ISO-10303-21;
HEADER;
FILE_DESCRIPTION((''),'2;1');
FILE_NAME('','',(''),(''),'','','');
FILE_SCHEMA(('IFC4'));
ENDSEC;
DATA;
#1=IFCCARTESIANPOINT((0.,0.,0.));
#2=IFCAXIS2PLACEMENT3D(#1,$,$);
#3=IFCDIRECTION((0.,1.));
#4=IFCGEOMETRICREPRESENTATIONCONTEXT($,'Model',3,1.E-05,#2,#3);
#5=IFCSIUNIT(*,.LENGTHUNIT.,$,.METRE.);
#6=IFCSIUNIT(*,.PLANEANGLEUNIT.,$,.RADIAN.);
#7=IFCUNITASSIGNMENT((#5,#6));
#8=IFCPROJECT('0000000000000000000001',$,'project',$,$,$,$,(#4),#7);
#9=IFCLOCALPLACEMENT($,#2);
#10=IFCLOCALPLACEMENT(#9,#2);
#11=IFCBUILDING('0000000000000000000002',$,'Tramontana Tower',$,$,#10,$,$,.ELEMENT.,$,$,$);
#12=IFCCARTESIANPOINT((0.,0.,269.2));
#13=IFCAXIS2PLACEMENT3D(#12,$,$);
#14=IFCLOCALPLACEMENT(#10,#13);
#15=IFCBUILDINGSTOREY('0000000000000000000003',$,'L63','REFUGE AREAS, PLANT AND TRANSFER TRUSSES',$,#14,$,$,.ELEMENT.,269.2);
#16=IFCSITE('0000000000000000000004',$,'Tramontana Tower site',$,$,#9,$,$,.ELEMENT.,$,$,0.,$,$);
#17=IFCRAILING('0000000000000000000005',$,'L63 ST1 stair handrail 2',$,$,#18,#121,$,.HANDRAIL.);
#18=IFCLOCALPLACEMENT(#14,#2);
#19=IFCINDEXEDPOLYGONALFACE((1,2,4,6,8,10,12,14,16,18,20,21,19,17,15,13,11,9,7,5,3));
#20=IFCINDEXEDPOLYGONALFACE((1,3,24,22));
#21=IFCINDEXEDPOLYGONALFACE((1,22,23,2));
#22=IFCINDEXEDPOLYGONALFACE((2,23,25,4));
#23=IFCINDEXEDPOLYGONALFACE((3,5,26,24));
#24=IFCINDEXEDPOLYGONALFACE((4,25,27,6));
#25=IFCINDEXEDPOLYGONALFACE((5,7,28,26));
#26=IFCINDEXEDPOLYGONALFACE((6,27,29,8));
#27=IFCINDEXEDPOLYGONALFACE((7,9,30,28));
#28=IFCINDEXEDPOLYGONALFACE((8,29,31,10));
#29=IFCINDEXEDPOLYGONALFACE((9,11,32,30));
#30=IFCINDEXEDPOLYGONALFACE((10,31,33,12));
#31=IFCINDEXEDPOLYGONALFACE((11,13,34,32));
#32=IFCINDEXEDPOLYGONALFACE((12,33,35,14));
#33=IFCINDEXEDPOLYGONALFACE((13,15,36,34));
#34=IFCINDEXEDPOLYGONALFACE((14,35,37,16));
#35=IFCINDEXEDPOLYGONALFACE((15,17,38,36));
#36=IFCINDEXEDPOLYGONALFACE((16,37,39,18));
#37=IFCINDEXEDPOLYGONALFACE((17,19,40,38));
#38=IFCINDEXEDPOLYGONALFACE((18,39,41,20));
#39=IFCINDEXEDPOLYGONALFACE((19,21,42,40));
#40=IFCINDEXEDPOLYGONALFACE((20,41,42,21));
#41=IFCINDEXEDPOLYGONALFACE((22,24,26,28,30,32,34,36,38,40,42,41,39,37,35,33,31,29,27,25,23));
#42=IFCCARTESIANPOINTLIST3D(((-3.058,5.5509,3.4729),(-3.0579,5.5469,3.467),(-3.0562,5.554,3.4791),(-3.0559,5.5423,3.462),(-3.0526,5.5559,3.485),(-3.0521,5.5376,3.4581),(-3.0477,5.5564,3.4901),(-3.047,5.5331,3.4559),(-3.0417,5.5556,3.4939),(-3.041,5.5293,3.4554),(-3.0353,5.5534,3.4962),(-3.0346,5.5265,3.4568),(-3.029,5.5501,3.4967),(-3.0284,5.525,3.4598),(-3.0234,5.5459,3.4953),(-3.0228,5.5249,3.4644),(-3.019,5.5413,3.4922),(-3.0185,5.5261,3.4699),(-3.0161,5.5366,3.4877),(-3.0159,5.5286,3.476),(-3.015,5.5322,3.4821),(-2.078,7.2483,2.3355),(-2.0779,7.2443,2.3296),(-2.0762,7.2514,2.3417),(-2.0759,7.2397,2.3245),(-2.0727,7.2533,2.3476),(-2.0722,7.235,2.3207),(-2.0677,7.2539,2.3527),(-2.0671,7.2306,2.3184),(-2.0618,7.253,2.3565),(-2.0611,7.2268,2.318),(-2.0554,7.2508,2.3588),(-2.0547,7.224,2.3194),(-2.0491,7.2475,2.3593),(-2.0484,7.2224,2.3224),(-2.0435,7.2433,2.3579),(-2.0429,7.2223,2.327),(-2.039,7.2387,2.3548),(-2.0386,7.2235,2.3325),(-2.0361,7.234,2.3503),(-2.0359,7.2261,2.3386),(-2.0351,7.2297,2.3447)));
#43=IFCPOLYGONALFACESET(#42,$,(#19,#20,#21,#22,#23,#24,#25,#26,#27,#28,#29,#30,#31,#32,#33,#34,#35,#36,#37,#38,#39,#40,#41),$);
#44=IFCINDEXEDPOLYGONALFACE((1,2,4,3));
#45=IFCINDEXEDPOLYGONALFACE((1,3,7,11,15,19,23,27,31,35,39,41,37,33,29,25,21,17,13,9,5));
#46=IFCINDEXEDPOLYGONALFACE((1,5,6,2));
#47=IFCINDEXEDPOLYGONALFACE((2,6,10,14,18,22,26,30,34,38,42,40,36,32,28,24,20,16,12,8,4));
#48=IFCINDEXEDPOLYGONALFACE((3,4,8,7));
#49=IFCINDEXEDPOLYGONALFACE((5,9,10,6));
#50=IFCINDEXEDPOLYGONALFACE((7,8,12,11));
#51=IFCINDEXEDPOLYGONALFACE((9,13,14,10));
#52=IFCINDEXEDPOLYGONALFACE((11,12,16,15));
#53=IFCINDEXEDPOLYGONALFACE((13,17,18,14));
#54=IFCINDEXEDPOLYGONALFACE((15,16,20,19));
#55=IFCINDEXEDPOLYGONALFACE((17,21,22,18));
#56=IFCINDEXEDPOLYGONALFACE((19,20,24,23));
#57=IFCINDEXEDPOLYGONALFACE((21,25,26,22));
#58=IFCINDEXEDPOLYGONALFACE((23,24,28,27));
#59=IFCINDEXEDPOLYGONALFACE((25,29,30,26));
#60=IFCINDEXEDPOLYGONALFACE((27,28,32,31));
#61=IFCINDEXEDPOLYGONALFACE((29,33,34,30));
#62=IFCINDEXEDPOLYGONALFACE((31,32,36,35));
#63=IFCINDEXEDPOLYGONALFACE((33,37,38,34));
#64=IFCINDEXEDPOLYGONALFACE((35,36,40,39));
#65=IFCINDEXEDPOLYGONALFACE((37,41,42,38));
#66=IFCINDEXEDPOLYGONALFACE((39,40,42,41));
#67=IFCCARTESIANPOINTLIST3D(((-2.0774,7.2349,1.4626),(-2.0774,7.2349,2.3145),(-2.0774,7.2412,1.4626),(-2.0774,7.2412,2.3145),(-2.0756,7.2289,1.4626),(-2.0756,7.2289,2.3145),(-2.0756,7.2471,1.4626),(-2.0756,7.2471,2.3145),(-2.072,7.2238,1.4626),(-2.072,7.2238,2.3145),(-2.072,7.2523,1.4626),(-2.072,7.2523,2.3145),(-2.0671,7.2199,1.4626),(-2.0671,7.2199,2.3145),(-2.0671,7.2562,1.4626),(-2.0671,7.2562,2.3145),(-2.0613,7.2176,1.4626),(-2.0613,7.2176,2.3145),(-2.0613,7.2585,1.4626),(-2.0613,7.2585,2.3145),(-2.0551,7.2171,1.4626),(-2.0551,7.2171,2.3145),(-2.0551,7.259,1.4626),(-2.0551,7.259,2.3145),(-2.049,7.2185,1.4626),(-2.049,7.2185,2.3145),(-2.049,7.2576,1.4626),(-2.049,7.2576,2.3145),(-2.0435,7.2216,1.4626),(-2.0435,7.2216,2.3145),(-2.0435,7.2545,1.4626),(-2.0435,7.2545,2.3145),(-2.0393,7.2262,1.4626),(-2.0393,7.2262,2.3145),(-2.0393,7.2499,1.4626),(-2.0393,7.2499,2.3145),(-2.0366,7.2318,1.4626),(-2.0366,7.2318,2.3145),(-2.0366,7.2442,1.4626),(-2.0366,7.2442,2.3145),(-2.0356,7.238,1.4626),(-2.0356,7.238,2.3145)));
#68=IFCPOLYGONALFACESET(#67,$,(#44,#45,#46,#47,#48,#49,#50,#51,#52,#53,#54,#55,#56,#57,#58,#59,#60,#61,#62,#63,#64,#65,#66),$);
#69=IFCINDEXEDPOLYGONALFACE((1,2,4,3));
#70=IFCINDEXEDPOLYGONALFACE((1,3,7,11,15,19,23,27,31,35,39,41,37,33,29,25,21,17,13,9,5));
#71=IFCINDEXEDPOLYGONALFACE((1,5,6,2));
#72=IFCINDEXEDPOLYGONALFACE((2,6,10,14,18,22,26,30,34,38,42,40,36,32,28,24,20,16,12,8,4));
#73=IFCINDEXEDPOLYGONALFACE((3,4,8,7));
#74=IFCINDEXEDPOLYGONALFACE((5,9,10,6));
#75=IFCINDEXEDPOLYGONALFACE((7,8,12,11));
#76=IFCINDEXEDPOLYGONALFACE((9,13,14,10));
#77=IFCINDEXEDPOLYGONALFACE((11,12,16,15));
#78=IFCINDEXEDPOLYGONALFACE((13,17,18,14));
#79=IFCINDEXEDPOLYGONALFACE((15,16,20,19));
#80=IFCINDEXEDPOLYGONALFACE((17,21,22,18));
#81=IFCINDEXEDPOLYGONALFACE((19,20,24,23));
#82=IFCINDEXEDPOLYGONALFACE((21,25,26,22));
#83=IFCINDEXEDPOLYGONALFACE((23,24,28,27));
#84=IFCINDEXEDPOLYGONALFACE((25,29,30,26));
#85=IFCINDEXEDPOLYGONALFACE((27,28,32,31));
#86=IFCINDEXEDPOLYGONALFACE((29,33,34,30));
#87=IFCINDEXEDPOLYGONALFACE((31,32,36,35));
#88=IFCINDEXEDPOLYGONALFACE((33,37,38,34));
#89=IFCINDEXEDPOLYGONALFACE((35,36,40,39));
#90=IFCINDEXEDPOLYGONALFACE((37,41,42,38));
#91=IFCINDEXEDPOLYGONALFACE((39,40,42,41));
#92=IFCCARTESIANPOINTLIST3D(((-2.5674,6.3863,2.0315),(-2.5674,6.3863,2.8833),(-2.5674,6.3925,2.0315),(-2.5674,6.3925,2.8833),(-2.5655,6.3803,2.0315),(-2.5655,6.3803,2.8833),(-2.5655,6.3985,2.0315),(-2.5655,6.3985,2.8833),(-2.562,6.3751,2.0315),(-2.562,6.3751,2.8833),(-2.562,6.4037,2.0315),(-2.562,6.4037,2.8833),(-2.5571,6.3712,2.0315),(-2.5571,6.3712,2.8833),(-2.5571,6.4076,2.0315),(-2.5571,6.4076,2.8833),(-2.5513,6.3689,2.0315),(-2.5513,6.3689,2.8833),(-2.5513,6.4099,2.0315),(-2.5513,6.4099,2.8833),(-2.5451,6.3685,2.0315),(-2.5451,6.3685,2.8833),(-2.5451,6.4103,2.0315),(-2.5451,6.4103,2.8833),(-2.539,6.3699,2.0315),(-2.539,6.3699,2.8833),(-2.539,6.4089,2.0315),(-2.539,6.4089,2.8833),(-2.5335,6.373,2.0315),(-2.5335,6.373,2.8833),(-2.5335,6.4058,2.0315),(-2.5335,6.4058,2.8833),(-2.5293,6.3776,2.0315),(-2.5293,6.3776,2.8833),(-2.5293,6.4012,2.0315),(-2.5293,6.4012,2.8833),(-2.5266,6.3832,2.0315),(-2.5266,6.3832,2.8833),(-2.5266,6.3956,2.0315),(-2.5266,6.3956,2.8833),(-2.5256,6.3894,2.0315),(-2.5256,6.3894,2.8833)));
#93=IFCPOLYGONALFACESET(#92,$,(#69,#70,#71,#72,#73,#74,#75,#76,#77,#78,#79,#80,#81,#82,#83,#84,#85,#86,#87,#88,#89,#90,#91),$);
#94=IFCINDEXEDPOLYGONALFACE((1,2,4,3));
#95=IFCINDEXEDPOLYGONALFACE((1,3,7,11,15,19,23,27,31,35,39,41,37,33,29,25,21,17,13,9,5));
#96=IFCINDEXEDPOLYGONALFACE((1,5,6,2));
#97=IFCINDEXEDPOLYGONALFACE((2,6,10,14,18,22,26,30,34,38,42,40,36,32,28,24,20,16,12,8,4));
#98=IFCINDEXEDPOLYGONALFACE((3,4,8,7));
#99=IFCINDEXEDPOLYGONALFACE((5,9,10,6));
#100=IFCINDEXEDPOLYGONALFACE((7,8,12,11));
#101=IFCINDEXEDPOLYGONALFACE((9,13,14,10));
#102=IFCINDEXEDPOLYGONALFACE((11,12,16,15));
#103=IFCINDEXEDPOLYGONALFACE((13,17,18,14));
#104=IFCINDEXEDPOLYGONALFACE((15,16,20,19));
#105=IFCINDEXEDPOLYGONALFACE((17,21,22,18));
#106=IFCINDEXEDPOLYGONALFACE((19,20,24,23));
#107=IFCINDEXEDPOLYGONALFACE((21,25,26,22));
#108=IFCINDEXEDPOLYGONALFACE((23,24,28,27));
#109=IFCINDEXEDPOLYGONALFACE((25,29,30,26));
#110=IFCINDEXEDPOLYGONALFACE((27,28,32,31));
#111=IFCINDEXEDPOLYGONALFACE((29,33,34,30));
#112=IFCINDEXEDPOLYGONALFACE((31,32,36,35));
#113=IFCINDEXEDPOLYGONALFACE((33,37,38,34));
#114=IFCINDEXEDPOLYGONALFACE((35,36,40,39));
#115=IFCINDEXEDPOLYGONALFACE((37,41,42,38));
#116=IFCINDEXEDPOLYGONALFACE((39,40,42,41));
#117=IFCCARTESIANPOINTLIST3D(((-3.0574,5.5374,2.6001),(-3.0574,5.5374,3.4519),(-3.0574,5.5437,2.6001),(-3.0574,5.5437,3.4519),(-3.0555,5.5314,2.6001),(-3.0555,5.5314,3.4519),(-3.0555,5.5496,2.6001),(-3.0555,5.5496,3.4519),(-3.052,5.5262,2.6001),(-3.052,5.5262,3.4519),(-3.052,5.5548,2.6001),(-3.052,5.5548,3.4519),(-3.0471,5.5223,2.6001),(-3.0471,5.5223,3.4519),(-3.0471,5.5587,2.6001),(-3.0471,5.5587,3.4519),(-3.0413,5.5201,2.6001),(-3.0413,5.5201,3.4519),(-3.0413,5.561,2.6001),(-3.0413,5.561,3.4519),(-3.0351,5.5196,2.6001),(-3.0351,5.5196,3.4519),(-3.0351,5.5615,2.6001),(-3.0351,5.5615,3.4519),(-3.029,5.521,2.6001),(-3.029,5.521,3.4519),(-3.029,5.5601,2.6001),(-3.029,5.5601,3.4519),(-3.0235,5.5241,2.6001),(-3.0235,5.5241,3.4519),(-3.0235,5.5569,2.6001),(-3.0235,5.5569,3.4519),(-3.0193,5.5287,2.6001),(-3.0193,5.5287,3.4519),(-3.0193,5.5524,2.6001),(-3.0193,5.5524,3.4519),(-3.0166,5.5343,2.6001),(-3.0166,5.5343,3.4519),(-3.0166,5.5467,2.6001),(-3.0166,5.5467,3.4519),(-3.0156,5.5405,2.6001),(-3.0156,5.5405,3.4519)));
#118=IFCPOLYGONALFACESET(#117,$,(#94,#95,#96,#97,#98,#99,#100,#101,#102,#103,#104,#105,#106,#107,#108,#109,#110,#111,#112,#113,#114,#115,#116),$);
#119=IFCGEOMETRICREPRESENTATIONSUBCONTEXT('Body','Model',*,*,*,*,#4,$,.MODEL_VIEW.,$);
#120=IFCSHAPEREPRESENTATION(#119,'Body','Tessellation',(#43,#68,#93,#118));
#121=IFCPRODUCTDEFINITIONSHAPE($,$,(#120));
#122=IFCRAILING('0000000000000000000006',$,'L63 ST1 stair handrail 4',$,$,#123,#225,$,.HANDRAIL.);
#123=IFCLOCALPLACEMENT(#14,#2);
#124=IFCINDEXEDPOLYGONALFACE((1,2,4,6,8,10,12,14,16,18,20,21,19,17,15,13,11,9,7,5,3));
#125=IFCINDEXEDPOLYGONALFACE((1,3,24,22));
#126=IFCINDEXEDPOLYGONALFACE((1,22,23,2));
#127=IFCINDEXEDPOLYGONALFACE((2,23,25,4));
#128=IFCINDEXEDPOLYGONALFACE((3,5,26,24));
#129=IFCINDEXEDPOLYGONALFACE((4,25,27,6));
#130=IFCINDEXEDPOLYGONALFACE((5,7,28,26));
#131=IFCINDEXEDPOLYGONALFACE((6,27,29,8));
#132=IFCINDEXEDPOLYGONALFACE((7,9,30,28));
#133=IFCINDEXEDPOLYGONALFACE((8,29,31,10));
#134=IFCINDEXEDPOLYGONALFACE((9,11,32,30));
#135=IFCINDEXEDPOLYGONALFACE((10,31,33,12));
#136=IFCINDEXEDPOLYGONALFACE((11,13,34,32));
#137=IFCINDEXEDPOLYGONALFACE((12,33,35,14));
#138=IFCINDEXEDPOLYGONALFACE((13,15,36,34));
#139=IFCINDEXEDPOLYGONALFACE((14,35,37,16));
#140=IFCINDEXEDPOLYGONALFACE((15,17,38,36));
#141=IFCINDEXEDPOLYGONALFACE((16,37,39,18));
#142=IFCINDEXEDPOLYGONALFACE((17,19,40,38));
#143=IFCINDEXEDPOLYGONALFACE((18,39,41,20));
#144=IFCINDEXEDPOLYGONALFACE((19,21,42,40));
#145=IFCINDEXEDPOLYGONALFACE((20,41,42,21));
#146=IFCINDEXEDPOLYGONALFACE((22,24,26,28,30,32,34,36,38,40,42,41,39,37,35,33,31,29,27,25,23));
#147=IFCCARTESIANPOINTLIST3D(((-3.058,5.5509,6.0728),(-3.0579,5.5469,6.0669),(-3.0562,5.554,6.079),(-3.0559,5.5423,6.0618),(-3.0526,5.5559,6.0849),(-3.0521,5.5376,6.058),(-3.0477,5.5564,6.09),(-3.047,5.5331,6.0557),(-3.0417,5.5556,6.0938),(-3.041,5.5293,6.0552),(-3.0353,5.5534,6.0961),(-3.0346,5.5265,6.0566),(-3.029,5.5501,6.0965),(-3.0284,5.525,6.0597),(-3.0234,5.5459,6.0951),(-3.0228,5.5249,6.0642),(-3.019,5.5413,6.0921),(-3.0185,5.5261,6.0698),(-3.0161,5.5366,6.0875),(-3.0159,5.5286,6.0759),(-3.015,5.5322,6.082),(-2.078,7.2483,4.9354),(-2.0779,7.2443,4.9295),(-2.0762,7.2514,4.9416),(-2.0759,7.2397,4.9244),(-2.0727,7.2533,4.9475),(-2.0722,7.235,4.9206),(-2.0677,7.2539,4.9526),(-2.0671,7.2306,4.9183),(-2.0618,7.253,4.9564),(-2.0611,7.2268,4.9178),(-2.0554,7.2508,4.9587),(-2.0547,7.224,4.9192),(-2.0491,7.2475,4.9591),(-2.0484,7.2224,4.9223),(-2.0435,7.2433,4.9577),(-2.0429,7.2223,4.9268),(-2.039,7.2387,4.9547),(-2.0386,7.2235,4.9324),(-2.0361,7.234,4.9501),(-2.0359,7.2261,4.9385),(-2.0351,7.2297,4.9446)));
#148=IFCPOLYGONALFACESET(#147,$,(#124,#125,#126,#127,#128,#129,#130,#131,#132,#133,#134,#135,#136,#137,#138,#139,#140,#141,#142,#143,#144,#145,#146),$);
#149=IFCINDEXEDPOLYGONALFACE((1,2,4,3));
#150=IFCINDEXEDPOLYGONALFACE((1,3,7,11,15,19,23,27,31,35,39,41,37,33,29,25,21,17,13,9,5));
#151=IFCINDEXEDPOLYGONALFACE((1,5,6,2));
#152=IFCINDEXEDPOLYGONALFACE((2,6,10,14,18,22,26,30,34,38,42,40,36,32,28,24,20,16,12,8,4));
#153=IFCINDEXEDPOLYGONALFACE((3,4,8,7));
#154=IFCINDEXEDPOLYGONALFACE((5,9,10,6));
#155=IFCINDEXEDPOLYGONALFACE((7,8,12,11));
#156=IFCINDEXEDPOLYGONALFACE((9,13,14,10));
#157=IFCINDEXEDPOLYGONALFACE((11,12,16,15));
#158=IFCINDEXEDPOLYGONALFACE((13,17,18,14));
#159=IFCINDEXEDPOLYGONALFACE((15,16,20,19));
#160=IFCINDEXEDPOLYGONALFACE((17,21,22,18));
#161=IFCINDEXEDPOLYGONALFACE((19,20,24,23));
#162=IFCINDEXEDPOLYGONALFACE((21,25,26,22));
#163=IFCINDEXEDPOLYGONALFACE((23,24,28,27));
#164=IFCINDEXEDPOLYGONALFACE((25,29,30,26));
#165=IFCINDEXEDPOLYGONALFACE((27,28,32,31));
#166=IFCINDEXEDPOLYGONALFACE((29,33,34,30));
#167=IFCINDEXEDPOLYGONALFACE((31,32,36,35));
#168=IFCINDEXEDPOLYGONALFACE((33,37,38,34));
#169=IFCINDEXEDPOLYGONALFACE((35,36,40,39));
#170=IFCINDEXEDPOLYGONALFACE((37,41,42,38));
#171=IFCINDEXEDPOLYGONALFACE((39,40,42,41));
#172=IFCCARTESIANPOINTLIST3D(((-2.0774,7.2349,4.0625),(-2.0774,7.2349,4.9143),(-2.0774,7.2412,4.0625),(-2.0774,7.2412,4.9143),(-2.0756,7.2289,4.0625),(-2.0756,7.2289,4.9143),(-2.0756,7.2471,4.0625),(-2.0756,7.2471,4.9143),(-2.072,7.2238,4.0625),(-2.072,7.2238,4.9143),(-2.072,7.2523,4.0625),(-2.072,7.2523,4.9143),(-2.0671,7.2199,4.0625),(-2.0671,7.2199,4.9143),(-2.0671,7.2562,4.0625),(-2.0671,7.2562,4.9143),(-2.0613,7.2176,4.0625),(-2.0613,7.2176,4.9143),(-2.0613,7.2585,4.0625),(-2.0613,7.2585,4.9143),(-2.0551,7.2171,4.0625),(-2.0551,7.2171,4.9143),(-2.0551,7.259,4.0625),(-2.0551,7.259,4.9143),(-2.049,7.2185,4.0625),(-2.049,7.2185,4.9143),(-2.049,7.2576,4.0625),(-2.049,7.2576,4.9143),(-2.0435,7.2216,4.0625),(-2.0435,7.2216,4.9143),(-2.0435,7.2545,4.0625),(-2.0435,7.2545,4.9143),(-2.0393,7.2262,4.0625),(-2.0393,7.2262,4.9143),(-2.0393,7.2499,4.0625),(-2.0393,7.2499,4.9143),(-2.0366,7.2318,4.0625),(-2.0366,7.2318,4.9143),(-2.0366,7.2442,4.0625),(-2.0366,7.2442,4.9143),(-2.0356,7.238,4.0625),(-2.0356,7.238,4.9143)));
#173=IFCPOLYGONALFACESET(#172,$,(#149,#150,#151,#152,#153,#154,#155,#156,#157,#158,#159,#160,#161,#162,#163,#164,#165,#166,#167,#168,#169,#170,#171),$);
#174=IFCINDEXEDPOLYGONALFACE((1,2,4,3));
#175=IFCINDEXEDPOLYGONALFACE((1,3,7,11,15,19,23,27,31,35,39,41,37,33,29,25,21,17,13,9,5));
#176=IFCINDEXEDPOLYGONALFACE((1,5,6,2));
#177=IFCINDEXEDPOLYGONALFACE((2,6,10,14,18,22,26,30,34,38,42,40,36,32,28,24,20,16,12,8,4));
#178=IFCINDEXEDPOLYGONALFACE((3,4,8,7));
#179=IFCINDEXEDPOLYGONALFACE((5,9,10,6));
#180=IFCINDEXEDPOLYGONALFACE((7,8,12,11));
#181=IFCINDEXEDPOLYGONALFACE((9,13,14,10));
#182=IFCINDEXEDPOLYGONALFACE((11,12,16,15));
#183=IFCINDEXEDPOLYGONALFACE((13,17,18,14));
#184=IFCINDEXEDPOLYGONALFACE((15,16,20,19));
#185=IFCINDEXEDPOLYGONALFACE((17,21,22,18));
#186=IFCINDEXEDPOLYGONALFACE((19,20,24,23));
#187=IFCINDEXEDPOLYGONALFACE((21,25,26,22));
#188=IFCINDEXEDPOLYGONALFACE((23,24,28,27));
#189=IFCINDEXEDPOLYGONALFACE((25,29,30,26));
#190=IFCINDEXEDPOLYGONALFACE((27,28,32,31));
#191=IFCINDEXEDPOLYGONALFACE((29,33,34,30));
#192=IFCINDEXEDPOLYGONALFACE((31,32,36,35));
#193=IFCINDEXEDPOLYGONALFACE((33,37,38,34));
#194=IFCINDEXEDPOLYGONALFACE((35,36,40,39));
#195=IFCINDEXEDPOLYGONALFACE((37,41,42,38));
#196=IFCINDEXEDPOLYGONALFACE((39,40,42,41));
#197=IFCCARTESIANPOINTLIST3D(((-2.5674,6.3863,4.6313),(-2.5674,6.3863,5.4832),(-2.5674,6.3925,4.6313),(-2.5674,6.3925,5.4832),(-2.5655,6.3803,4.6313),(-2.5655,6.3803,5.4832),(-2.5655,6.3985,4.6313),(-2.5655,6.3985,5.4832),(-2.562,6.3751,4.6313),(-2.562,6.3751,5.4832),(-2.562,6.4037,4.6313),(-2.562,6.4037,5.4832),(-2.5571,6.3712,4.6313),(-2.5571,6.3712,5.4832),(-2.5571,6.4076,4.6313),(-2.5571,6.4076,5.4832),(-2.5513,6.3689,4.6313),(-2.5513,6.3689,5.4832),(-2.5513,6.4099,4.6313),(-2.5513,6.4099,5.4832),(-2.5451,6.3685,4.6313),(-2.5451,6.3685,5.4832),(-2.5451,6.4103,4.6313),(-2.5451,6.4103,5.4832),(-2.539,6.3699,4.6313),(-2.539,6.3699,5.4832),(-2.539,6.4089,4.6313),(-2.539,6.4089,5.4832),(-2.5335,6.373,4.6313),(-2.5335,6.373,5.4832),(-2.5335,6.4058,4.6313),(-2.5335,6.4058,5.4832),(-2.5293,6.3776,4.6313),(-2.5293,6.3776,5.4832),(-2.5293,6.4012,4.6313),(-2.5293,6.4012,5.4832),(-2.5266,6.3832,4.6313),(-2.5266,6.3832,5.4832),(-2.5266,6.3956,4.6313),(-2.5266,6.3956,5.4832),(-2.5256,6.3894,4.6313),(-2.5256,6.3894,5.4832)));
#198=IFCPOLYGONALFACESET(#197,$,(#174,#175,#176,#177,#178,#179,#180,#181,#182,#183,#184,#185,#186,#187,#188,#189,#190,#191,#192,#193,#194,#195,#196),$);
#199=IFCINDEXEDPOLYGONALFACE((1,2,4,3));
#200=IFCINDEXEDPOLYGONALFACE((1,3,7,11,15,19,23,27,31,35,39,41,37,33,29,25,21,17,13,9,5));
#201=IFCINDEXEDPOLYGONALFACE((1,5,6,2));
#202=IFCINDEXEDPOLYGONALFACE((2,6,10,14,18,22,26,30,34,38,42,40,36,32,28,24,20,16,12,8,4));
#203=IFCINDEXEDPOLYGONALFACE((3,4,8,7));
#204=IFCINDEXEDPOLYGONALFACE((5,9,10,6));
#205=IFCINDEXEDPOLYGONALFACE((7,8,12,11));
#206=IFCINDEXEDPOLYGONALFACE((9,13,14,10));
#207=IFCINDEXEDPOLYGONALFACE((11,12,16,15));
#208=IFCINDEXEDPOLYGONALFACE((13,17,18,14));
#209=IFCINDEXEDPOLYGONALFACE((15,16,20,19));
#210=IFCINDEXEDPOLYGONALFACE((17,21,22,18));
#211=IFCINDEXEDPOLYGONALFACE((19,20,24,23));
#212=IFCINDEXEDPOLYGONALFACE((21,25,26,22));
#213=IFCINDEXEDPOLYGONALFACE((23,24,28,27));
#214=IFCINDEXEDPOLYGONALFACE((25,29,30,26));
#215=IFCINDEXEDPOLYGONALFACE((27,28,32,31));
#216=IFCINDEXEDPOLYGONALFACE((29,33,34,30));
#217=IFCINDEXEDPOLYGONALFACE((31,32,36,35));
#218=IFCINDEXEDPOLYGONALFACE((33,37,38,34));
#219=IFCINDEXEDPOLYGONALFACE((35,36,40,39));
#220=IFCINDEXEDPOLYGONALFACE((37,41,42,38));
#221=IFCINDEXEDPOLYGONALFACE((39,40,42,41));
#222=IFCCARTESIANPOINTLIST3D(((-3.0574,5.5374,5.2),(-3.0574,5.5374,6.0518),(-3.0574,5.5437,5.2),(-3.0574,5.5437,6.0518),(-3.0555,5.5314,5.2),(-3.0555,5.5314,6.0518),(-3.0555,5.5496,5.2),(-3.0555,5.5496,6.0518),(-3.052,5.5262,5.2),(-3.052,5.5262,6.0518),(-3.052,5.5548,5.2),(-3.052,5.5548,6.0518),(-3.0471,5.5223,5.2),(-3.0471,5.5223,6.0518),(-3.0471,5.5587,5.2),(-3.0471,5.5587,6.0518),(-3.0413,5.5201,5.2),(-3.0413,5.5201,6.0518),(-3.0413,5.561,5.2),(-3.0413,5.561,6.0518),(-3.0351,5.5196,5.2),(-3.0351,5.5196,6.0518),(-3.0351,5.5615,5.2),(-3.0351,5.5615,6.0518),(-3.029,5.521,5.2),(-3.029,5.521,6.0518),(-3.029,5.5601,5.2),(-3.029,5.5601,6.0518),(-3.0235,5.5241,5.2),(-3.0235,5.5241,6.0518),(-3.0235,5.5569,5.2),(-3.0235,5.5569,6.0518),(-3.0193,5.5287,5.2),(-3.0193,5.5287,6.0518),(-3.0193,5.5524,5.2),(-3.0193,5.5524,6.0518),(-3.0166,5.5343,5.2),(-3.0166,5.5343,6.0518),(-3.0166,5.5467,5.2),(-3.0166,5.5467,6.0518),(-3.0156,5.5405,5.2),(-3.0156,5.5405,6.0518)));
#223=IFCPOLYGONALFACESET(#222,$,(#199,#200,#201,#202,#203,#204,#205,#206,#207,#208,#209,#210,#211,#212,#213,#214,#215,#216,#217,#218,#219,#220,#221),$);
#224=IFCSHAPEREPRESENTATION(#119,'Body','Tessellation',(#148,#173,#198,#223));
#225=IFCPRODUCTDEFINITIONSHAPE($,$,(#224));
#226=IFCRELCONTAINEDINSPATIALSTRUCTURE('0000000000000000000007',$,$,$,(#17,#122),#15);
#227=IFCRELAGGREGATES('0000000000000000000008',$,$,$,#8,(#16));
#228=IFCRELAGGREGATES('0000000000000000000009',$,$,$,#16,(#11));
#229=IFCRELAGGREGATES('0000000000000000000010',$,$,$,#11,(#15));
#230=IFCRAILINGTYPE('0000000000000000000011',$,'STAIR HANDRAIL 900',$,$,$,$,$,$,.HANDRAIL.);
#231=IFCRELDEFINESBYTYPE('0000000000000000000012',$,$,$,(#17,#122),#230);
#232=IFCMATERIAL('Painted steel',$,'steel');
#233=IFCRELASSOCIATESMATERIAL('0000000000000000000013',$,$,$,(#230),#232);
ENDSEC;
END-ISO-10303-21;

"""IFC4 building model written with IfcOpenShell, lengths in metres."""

from ifc_helpers import new_model, si_unit, direction, frame, origin, origin_2d, place, context, subcontext, project, spatial, circle, extrude, material, type_object, element, save


model = new_model("IFC4")

# Units and contexts
model_context = context("Model", 3, precision=1e-05, world=origin(), true_north=direction((0.0, 1.0)))
body_context = subcontext(model_context, "Body", "Model", "MODEL_VIEW")
ifc_project = project(units=[si_unit("LENGTHUNIT", "METRE"), si_unit("PLANEANGLEUNIT", "RADIAN")], contexts=[model_context])

# Site, building, storey
site_placement = place(None, origin())
site = spatial("IfcSite", under=ifc_project, at=site_placement, Name="Tramontana Tower site", CompositionType="ELEMENT", RefElevation=0.0)
building_placement = place(site_placement, origin())
building = spatial("IfcBuilding", under=site, at=building_placement, Name="Tramontana Tower", CompositionType="ELEMENT")
storey_placement = place(building_placement, frame((0.0, 0.0, 269.2)))
storey = spatial("IfcBuildingStorey", under=building, at=storey_placement, Name="L63", Description="REFUGE AREAS, PLANT AND TRANSFER TRUSSES", CompositionType="ELEMENT", Elevation=269.2)

# Railings
ifc_material_1 = material(Name="Painted steel", Category="steel")
railing_type_1 = type_object("IfcRailingType", Name="STAIR HANDRAIL 900", PredefinedType="HANDRAIL", material=ifc_material_1)
for number, where, name in (
    (1, (-2.0566, 7.238, 1.4626), "L63 ST1 stair handrail 2"),
    (2, (-2.0566, 7.238, 4.0625), "L63 ST1 stair handrail 4"),
):
    element("IfcRailing", number, at=place(storey_placement, frame(where)), inside=storey, type_object=railing_type_1, Name=name, PredefinedType="HANDRAIL", context=body_context, shape_type="SweptSolid", body=[
        extrude(circle(Radius=0.0239, at=origin_2d()), frame((0.0, 0.0, 0.876), z_axis=(-0.432432, -0.749053, 0.501918), x_axis=(0.866042, -0.49997, 0.0)), (0.0, 0.0, 1.0), 2.2661),
        extrude(circle(Radius=0.021, at=origin_2d()), origin(), (0.0, 0.0, 1.0), 0.8518),
        extrude(circle(Radius=0.021, at=origin_2d()), frame((-0.49, -0.8486, 0.5688)), (0.0, 0.0, 1.0), 0.8518),
        extrude(circle(Radius=0.021, at=origin_2d()), frame((-0.98, -1.6975, 1.1375)), (0.0, 0.0, 1.0), 0.8518),
    ])

save(model, "model.ifc")
